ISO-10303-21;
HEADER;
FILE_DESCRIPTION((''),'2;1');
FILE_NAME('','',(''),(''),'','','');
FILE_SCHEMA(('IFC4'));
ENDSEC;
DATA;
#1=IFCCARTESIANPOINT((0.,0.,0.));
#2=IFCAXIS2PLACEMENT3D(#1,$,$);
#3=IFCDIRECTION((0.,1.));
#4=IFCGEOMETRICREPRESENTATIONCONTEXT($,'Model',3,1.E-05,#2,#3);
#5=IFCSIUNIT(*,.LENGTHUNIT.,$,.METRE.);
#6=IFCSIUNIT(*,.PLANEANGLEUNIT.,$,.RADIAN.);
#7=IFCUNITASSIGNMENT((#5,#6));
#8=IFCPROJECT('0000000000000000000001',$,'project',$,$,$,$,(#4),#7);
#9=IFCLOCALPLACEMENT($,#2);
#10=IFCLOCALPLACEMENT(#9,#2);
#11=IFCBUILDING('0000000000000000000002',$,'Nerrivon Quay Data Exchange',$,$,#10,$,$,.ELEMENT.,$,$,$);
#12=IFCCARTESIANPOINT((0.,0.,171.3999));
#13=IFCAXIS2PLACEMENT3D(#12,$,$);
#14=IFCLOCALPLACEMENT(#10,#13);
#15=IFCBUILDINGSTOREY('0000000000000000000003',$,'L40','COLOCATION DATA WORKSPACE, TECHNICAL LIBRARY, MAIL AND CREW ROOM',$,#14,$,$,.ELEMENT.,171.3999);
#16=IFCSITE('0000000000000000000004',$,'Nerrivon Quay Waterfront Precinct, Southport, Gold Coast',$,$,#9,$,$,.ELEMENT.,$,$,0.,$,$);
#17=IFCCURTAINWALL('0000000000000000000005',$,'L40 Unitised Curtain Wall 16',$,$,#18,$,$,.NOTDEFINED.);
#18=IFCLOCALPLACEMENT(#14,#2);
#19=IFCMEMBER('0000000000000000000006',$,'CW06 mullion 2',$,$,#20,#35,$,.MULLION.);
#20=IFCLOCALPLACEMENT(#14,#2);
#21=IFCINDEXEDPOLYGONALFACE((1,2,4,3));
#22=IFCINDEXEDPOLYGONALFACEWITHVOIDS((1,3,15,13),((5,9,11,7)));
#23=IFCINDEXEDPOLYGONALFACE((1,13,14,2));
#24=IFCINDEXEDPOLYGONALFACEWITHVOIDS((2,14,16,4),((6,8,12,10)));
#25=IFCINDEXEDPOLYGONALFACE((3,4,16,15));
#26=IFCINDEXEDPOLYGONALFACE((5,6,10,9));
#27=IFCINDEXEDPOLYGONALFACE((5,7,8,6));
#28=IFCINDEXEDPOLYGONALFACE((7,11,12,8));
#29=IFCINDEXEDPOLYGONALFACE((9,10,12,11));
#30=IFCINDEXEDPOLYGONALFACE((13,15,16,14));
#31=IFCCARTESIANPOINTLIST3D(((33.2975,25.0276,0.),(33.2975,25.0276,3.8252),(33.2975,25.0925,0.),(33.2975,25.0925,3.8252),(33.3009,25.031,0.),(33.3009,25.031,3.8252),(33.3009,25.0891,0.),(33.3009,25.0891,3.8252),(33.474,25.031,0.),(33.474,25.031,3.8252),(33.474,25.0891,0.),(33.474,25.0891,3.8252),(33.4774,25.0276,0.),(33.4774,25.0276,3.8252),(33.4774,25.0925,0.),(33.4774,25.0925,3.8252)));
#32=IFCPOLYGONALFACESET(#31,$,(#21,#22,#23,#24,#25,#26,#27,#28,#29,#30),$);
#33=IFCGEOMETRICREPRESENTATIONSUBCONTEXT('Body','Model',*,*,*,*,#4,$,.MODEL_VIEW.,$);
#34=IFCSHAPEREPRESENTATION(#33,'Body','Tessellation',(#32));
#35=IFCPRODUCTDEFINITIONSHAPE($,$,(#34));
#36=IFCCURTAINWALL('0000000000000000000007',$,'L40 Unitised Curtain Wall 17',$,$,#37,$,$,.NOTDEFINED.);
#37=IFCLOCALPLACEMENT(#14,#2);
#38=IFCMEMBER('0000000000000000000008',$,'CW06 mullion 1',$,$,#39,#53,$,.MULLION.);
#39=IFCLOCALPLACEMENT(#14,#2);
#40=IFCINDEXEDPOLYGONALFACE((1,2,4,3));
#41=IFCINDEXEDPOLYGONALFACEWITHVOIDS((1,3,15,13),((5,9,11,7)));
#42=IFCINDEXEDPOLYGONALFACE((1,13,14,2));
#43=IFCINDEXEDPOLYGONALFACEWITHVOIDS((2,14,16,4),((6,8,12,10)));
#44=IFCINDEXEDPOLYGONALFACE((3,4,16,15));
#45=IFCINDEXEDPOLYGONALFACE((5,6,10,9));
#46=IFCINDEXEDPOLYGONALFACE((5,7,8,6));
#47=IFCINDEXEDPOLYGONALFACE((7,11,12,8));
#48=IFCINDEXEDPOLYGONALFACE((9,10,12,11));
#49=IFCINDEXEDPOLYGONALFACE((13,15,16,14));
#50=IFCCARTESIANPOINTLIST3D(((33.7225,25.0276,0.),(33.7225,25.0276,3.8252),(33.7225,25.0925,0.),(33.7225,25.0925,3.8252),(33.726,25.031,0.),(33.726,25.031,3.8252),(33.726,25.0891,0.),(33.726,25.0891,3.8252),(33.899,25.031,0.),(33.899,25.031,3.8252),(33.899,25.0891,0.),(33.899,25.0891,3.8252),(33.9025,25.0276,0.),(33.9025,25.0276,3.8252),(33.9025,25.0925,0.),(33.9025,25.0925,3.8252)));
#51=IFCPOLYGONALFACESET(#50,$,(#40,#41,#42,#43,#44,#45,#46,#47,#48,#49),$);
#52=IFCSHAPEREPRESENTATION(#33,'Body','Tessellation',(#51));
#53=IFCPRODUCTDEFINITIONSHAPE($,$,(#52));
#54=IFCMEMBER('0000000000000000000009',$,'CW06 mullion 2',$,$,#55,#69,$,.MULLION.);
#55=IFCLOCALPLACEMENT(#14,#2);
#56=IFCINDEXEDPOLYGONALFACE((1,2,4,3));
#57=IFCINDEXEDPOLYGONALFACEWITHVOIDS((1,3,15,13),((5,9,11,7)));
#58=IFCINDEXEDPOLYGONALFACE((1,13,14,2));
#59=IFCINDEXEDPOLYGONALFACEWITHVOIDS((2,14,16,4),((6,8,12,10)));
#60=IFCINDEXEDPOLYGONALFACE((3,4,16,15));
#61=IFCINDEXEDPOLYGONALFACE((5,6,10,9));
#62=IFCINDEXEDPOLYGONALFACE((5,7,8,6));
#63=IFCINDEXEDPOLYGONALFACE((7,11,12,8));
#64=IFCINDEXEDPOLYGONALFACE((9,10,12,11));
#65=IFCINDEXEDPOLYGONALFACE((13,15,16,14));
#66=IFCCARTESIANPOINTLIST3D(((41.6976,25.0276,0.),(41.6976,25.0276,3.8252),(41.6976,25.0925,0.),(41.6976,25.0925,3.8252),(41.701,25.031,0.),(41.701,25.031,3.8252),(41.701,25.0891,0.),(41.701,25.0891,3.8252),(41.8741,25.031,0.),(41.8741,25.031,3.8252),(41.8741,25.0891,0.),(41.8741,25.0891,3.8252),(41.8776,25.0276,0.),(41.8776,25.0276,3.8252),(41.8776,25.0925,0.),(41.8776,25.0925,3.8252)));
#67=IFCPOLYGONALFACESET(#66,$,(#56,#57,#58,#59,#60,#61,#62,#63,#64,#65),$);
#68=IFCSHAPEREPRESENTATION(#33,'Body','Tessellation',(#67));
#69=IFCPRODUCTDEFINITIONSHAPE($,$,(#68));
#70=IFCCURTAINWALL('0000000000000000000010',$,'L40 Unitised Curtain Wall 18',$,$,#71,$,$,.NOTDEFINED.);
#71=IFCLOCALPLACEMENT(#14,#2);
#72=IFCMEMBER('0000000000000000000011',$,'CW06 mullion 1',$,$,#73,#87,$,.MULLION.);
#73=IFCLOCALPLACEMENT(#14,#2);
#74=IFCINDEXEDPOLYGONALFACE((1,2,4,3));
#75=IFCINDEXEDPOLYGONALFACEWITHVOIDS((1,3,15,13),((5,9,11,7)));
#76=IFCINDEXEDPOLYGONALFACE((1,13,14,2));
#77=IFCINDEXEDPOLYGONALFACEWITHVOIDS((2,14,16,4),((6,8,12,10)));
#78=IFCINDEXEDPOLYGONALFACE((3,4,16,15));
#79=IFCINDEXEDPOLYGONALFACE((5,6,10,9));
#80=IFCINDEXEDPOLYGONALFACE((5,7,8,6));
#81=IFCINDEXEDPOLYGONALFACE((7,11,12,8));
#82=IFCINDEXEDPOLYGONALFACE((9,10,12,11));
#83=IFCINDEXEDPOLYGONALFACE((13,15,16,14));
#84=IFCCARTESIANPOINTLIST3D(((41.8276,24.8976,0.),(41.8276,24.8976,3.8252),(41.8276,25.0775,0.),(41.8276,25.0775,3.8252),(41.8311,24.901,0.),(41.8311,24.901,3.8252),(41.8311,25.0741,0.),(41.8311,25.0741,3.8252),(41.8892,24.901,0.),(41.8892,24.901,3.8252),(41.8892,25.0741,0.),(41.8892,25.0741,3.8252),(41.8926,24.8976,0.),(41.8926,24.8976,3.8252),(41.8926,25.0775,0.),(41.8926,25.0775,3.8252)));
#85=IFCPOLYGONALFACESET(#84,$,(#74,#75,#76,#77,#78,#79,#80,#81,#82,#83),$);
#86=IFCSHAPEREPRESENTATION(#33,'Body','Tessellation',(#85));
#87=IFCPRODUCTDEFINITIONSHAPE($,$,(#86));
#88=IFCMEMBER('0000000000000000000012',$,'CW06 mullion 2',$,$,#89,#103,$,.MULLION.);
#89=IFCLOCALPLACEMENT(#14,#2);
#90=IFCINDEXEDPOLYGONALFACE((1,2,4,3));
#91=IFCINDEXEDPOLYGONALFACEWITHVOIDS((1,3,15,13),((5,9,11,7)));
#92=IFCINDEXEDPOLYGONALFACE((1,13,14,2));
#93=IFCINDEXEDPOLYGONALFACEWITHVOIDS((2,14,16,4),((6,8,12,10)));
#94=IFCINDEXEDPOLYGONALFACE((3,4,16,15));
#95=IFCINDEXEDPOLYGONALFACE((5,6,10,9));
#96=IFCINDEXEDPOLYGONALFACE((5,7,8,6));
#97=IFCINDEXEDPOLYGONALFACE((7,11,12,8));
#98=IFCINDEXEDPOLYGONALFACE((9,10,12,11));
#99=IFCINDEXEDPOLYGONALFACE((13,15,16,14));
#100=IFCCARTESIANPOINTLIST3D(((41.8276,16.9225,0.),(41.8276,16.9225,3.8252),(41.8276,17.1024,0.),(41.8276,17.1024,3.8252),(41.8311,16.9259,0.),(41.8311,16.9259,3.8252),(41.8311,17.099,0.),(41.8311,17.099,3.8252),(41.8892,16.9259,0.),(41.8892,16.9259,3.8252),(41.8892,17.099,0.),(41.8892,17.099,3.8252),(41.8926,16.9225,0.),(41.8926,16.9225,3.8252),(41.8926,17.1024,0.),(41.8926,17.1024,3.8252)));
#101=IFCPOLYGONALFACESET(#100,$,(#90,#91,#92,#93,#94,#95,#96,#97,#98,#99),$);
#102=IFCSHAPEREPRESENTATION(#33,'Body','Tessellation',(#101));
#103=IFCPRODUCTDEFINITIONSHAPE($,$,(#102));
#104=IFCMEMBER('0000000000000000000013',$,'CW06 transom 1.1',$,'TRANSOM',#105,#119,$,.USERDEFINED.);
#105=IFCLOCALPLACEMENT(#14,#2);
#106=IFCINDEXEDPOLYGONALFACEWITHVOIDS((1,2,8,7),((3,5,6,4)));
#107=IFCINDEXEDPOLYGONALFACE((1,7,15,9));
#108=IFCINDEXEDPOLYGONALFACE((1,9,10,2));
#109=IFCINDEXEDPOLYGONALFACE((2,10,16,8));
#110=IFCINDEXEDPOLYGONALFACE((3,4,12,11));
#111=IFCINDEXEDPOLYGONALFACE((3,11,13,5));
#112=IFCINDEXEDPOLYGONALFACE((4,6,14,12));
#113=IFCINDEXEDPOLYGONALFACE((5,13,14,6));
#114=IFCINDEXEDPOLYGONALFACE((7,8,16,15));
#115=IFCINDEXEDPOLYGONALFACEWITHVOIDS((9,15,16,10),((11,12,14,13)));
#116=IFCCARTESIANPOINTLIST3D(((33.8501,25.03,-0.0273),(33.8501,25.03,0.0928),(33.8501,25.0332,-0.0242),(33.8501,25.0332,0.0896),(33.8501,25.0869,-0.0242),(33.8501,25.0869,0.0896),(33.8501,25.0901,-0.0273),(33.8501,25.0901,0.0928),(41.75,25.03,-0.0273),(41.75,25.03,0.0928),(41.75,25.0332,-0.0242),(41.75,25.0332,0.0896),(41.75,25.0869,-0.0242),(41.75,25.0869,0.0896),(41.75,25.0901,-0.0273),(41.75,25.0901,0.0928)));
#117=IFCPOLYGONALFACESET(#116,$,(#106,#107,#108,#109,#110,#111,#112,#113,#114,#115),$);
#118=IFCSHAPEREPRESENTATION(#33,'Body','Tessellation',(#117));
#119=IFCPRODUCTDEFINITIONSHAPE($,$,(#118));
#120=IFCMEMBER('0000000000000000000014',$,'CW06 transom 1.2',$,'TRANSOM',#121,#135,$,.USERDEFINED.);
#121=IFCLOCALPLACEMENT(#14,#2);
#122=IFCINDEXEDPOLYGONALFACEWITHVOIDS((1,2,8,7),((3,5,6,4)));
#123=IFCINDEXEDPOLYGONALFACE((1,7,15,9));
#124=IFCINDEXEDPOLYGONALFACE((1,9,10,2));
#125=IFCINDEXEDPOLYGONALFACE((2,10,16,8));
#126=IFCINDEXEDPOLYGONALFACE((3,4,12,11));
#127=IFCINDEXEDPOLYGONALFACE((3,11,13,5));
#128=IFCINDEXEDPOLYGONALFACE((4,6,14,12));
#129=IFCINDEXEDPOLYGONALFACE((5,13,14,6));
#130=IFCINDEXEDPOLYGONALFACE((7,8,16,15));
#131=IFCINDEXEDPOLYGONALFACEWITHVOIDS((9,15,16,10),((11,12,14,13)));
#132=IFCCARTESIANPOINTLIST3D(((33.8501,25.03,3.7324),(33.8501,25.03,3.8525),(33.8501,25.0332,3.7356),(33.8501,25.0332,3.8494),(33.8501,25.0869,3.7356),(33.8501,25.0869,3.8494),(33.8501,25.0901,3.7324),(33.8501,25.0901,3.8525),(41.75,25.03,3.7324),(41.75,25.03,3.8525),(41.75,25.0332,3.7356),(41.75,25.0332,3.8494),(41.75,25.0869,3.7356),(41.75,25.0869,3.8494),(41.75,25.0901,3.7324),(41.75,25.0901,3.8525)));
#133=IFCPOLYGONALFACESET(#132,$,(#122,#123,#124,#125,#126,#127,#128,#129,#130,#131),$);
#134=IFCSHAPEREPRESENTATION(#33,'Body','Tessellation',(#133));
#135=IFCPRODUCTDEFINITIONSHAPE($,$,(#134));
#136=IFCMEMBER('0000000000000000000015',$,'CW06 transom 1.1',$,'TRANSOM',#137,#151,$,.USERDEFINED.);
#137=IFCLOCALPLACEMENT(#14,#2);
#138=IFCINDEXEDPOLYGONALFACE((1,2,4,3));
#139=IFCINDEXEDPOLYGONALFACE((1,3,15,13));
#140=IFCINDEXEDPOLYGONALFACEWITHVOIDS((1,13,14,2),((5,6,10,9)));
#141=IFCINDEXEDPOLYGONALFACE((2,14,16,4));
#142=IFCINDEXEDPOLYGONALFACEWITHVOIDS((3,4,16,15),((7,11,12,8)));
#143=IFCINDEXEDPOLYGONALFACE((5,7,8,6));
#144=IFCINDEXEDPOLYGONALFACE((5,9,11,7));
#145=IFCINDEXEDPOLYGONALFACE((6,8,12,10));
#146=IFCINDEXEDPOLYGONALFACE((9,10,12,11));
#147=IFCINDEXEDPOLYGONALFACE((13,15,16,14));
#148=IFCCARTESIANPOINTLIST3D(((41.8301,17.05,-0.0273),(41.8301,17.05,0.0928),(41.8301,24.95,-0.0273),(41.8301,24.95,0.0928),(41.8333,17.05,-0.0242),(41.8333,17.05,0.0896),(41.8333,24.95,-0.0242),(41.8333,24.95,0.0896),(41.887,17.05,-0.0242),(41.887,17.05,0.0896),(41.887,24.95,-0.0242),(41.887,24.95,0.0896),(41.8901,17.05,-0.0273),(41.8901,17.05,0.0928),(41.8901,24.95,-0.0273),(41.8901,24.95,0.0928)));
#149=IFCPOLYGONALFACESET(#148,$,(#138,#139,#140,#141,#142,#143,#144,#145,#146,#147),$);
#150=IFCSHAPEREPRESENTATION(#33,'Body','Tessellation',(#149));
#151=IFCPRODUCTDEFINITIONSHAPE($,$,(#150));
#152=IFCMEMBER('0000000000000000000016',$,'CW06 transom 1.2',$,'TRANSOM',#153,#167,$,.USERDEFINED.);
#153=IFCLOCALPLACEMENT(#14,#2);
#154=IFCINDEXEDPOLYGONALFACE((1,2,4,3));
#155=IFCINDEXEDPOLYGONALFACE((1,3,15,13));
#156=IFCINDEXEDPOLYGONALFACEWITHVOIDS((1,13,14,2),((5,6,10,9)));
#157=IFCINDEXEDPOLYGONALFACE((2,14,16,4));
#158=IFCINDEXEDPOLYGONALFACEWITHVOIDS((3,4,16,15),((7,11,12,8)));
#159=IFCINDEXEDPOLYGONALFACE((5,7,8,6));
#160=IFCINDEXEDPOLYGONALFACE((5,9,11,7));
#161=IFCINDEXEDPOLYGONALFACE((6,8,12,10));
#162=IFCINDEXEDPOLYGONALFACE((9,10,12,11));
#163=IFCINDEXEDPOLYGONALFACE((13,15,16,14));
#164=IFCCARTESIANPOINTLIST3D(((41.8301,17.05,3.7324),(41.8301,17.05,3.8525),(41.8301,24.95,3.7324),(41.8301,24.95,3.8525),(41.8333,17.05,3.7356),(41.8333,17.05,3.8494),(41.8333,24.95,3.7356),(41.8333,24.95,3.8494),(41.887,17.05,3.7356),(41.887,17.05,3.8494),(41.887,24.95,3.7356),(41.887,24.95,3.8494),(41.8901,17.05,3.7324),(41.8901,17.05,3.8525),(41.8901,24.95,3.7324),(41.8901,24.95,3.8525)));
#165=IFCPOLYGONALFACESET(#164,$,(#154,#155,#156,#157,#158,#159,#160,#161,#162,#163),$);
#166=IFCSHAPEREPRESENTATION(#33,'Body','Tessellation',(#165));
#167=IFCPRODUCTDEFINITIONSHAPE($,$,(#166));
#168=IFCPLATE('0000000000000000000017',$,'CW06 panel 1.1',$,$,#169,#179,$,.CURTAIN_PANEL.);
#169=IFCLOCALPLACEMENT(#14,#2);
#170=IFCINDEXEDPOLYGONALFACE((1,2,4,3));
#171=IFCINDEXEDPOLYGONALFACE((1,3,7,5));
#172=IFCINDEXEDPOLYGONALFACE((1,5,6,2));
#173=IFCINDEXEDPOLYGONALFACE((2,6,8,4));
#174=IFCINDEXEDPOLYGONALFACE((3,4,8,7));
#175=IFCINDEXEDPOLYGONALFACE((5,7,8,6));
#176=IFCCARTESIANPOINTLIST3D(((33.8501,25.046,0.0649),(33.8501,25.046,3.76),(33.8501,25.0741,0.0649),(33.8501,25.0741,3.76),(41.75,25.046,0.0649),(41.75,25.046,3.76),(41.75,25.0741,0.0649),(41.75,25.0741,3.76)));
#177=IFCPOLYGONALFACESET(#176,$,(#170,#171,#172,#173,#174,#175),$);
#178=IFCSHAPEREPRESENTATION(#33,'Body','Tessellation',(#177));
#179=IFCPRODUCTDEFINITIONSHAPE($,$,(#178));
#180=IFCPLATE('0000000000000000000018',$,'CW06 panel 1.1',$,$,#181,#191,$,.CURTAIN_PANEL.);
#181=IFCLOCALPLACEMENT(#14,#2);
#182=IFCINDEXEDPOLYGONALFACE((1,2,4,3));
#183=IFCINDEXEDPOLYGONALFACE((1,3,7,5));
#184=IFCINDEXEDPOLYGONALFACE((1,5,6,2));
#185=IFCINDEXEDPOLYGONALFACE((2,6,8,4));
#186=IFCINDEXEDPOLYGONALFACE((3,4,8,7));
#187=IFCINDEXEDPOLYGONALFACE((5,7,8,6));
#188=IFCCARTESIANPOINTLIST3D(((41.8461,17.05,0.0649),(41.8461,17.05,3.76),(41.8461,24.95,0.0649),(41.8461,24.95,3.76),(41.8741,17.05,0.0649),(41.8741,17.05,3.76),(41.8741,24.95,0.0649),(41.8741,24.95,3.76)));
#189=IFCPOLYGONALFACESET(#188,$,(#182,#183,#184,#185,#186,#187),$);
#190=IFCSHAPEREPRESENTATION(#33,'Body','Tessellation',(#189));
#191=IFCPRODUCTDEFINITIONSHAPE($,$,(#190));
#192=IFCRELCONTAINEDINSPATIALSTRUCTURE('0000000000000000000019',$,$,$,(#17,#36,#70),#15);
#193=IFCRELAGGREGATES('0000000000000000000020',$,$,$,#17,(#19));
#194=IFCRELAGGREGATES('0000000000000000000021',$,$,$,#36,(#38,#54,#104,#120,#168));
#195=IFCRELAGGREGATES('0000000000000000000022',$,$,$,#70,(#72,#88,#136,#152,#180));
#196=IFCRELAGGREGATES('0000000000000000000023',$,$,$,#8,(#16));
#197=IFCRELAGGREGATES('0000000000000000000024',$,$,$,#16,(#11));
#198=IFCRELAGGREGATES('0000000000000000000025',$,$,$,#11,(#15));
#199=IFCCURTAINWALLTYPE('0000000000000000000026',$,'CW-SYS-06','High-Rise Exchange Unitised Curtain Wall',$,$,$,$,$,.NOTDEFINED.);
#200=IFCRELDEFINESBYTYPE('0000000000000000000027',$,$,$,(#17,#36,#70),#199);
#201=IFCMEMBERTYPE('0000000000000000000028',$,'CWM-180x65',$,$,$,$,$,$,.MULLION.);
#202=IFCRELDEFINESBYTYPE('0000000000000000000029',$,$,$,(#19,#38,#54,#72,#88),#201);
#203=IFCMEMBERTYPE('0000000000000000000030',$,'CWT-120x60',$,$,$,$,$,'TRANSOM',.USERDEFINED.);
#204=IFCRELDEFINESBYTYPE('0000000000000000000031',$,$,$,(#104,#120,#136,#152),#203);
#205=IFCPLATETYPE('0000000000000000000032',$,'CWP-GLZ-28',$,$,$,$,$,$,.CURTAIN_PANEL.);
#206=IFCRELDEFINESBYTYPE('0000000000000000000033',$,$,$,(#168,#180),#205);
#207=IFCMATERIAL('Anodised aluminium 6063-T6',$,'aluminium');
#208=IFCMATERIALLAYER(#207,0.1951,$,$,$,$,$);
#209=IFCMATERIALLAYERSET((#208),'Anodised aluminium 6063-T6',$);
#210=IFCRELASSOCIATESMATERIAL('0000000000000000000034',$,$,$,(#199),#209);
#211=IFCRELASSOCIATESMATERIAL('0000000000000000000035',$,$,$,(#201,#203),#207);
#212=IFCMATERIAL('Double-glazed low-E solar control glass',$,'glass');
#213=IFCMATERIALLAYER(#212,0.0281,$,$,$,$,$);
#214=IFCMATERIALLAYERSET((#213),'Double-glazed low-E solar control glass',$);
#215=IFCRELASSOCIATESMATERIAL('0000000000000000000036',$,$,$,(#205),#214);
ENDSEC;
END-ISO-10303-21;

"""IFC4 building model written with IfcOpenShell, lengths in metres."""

from ifc_helpers import new_model, si_unit, direction, frame, origin, origin_2d, place, context, subcontext, project, spatial, rectangle, hollow_rectangle, extrude, material, layer, layer_set, material_profile, profile_set, type_object, element, aggregate, save


model = new_model("IFC4")

# Units and contexts
model_context = context("Model", 3, precision=1e-05, world=origin(), true_north=direction((0.0, 1.0)))
body_context = subcontext(model_context, "Body", "Model", "MODEL_VIEW")
ifc_project = project(units=[si_unit("LENGTHUNIT", "METRE"), si_unit("PLANEANGLEUNIT", "RADIAN")], contexts=[model_context])

# Site, building, storey
site_placement = place(None, origin())
site = spatial("IfcSite", under=ifc_project, at=site_placement, Name="Nerrivon Quay Waterfront Precinct, Southport, Gold Coast", CompositionType="ELEMENT", RefElevation=0.0)
building_placement = place(site_placement, origin())
building = spatial("IfcBuilding", under=site, at=building_placement, Name="Nerrivon Quay Data Exchange", CompositionType="ELEMENT")
storey_placement = place(building_placement, frame((0.0, 0.0, 171.3999)))
storey = spatial("IfcBuildingStorey", under=building, at=storey_placement, Name="L40", Description="COLOCATION DATA WORKSPACE, TECHNICAL LIBRARY, MAIL AND CREW ROOM", CompositionType="ELEMENT", Elevation=171.3999)

# Curtain wall, member
ifc_material_1 = material(Name="Anodised aluminium 6063-T6", Category="aluminium")
ifc_layer_1 = layer(ifc_material_1, 0.1951)
ifc_layer_set_1 = layer_set([ifc_layer_1], Name="Anodised aluminium 6063-T6")
curtain_wall_type = type_object("IfcCurtainWallType", Name="CW-SYS-06", Description="High-Rise Exchange Unitised Curtain Wall", PredefinedType="NOTDEFINED", material=ifc_layer_set_1)
curtain_wall_1_placement = place(storey_placement, origin())
curtain_wall_1 = element("IfcCurtainWall", 1, at=curtain_wall_1_placement, inside=storey, type_object=curtain_wall_type, Name="L40 Unitised Curtain Wall 16", PredefinedType="NOTDEFINED")
ifc_material_profile_1 = material_profile(ifc_material_1, hollow_rectangle(XDim=0.0649, YDim=0.1799, WallThickness=0.0034, at=origin_2d()), Name="ALU-MULL-180x65")
ifc_profile_set_1 = profile_set([ifc_material_profile_1], Name="Anodised aluminium 6063-T6")
member_type_1 = type_object("IfcMemberType", Name="CWM-180x65", PredefinedType="MULLION", material=ifc_profile_set_1)
member_1_placement = place(storey_placement, frame((33.3875, 25.0601, 0.0), z_axis=(0.0, 0.0, 1.0), x_axis=(0.0, 1.0, 0.0)))
member_1 = element("IfcMember", 2, at=member_1_placement, type_object=member_type_1, Name="CW06 mullion 2", PredefinedType="MULLION", context=body_context, shape_type="SweptSolid", body=[
    extrude(hollow_rectangle(XDim=0.0649, YDim=0.1799, WallThickness=0.0034, at=origin_2d()), origin(), (0.0, 0.0, 1.0), 3.8252),
])
aggregate(curtain_wall_1, [member_1])

# Curtain walls, members
curtain_wall_2_placement = place(storey_placement, origin())
curtain_wall_2 = element("IfcCurtainWall", 3, at=curtain_wall_2_placement, inside=storey, type_object=curtain_wall_type, Name="L40 Unitised Curtain Wall 17", PredefinedType="NOTDEFINED")
member_2_placement = place(storey_placement, frame((33.8125, 25.0601, 0.0), z_axis=(0.0, 0.0, 1.0), x_axis=(0.0, 1.0, 0.0)))
member_2 = element("IfcMember", 4, at=member_2_placement, type_object=member_type_1, Name="CW06 mullion 1", PredefinedType="MULLION", context=body_context, shape_type="SweptSolid", body=[
    extrude(hollow_rectangle(XDim=0.0649, YDim=0.1799, WallThickness=0.0034, at=origin_2d()), origin(), (0.0, 0.0, 1.0), 3.8252),
])
member_3_placement = place(storey_placement, frame((41.7876, 25.0601, 0.0), z_axis=(0.0, 0.0, 1.0), x_axis=(0.0, 1.0, 0.0)))
member_3 = element("IfcMember", 5, at=member_3_placement, type_object=member_type_1, Name="CW06 mullion 2", PredefinedType="MULLION", context=body_context, shape_type="SweptSolid", body=[
    extrude(hollow_rectangle(XDim=0.0649, YDim=0.1799, WallThickness=0.0034, at=origin_2d()), origin(), (0.0, 0.0, 1.0), 3.8252),
])
curtain_wall_3_placement = place(storey_placement, origin())
curtain_wall_3 = element("IfcCurtainWall", 6, at=curtain_wall_3_placement, inside=storey, type_object=curtain_wall_type, Name="L40 Unitised Curtain Wall 18", PredefinedType="NOTDEFINED")
member_4_placement = place(storey_placement, frame((41.8601, 24.9875, 0.0), z_axis=(0.0, 0.0, 1.0), x_axis=(1.0, 0.0, 0.0)))
member_4 = element("IfcMember", 7, at=member_4_placement, type_object=member_type_1, Name="CW06 mullion 1", PredefinedType="MULLION", context=body_context, shape_type="SweptSolid", body=[
    extrude(hollow_rectangle(XDim=0.0649, YDim=0.1799, WallThickness=0.0034, at=origin_2d()), origin(), (0.0, 0.0, 1.0), 3.8252),
])
member_5_placement = place(storey_placement, frame((41.8601, 17.0125, 0.0), z_axis=(0.0, 0.0, 1.0), x_axis=(1.0, 0.0, 0.0)))
member_5 = element("IfcMember", 8, at=member_5_placement, type_object=member_type_1, Name="CW06 mullion 2", PredefinedType="MULLION", context=body_context, shape_type="SweptSolid", body=[
    extrude(hollow_rectangle(XDim=0.0649, YDim=0.1799, WallThickness=0.0034, at=origin_2d()), origin(), (0.0, 0.0, 1.0), 3.8252),
])

# Members
ifc_material_profile_2 = material_profile(ifc_material_1, hollow_rectangle(XDim=0.0601, YDim=0.1201, WallThickness=0.0032, at=origin_2d()), Name="ALU-TRAN-120x60")
ifc_profile_set_2 = profile_set([ifc_material_profile_2], Name="Anodised aluminium 6063-T6")
member_type_2 = type_object("IfcMemberType", Name="CWT-120x60", ElementType="TRANSOM", PredefinedType="USERDEFINED", material=ifc_profile_set_2)
member_6_placement = place(storey_placement, frame((33.8501, 25.0601, 0.0327), z_axis=(1.0, 0.0, 0.0), x_axis=(0.0, 1.0, 0.0)))
member_6 = element("IfcMember", 9, at=member_6_placement, type_object=member_type_2, Name="CW06 transom 1.1", ObjectType="TRANSOM", PredefinedType="USERDEFINED", context=body_context, shape_type="SweptSolid", body=[
    extrude(hollow_rectangle(XDim=0.0601, YDim=0.1201, WallThickness=0.0032, at=origin_2d()), origin(), (0.0, 0.0, 1.0), 7.8999),
])
member_7_placement = place(storey_placement, frame((33.8501, 25.0601, 3.7925), z_axis=(1.0, 0.0, 0.0), x_axis=(0.0, 1.0, 0.0)))
member_7 = element("IfcMember", 10, at=member_7_placement, type_object=member_type_2, Name="CW06 transom 1.2", ObjectType="TRANSOM", PredefinedType="USERDEFINED", context=body_context, shape_type="SweptSolid", body=[
    extrude(hollow_rectangle(XDim=0.0601, YDim=0.1201, WallThickness=0.0032, at=origin_2d()), origin(), (0.0, 0.0, 1.0), 7.8999),
])
member_8_placement = place(storey_placement, frame((41.8601, 24.95, 0.0327), z_axis=(0.0, -1.0, 0.0), x_axis=(1.0, 0.0, 0.0)))
member_8 = element("IfcMember", 11, at=member_8_placement, type_object=member_type_2, Name="CW06 transom 1.1", ObjectType="TRANSOM", PredefinedType="USERDEFINED", context=body_context, shape_type="SweptSolid", body=[
    extrude(hollow_rectangle(XDim=0.0601, YDim=0.1201, WallThickness=0.0032, at=origin_2d()), origin(), (0.0, 0.0, 1.0), 7.8999),
])
member_9_placement = place(storey_placement, frame((41.8601, 24.95, 3.7925), z_axis=(0.0, -1.0, 0.0), x_axis=(1.0, 0.0, 0.0)))
member_9 = element("IfcMember", 12, at=member_9_placement, type_object=member_type_2, Name="CW06 transom 1.2", ObjectType="TRANSOM", PredefinedType="USERDEFINED", context=body_context, shape_type="SweptSolid", body=[
    extrude(hollow_rectangle(XDim=0.0601, YDim=0.1201, WallThickness=0.0032, at=origin_2d()), origin(), (0.0, 0.0, 1.0), 7.8999),
])

# Plates
ifc_material_2 = material(Name="Double-glazed low-E solar control glass", Category="glass")
ifc_layer_2 = layer(ifc_material_2, 0.0281)
ifc_layer_set_2 = layer_set([ifc_layer_2], Name="Double-glazed low-E solar control glass")
plate_type = type_object("IfcPlateType", Name="CWP-GLZ-28", PredefinedType="CURTAIN_PANEL", material=ifc_layer_set_2)
plate_1_placement = place(storey_placement, frame((37.8, 25.0601, 0.0649), z_axis=(0.0, 0.0, 1.0), x_axis=(1.0, 0.0, 0.0)))
plate_1 = element("IfcPlate", 13, at=plate_1_placement, type_object=plate_type, Name="CW06 panel 1.1", PredefinedType="CURTAIN_PANEL", context=body_context, shape_type="SweptSolid", body=[
    extrude(rectangle(XDim=7.8999, YDim=0.0281, at=origin_2d()), origin(), (0.0, 0.0, 1.0), 3.6951),
])
aggregate(curtain_wall_2, [member_2, member_3, member_6, member_7, plate_1])
plate_2_placement = place(storey_placement, frame((41.8601, 21.0, 0.0649), z_axis=(0.0, 0.0, 1.0), x_axis=(0.0, -1.0, 0.0)))
plate_2 = element("IfcPlate", 14, at=plate_2_placement, type_object=plate_type, Name="CW06 panel 1.1", PredefinedType="CURTAIN_PANEL", context=body_context, shape_type="SweptSolid", body=[
    extrude(rectangle(XDim=7.8999, YDim=0.0281, at=origin_2d()), origin(), (0.0, 0.0, 1.0), 3.6951),
])
aggregate(curtain_wall_3, [member_4, member_5, member_8, member_9, plate_2])

save(model, "model.ifc")
